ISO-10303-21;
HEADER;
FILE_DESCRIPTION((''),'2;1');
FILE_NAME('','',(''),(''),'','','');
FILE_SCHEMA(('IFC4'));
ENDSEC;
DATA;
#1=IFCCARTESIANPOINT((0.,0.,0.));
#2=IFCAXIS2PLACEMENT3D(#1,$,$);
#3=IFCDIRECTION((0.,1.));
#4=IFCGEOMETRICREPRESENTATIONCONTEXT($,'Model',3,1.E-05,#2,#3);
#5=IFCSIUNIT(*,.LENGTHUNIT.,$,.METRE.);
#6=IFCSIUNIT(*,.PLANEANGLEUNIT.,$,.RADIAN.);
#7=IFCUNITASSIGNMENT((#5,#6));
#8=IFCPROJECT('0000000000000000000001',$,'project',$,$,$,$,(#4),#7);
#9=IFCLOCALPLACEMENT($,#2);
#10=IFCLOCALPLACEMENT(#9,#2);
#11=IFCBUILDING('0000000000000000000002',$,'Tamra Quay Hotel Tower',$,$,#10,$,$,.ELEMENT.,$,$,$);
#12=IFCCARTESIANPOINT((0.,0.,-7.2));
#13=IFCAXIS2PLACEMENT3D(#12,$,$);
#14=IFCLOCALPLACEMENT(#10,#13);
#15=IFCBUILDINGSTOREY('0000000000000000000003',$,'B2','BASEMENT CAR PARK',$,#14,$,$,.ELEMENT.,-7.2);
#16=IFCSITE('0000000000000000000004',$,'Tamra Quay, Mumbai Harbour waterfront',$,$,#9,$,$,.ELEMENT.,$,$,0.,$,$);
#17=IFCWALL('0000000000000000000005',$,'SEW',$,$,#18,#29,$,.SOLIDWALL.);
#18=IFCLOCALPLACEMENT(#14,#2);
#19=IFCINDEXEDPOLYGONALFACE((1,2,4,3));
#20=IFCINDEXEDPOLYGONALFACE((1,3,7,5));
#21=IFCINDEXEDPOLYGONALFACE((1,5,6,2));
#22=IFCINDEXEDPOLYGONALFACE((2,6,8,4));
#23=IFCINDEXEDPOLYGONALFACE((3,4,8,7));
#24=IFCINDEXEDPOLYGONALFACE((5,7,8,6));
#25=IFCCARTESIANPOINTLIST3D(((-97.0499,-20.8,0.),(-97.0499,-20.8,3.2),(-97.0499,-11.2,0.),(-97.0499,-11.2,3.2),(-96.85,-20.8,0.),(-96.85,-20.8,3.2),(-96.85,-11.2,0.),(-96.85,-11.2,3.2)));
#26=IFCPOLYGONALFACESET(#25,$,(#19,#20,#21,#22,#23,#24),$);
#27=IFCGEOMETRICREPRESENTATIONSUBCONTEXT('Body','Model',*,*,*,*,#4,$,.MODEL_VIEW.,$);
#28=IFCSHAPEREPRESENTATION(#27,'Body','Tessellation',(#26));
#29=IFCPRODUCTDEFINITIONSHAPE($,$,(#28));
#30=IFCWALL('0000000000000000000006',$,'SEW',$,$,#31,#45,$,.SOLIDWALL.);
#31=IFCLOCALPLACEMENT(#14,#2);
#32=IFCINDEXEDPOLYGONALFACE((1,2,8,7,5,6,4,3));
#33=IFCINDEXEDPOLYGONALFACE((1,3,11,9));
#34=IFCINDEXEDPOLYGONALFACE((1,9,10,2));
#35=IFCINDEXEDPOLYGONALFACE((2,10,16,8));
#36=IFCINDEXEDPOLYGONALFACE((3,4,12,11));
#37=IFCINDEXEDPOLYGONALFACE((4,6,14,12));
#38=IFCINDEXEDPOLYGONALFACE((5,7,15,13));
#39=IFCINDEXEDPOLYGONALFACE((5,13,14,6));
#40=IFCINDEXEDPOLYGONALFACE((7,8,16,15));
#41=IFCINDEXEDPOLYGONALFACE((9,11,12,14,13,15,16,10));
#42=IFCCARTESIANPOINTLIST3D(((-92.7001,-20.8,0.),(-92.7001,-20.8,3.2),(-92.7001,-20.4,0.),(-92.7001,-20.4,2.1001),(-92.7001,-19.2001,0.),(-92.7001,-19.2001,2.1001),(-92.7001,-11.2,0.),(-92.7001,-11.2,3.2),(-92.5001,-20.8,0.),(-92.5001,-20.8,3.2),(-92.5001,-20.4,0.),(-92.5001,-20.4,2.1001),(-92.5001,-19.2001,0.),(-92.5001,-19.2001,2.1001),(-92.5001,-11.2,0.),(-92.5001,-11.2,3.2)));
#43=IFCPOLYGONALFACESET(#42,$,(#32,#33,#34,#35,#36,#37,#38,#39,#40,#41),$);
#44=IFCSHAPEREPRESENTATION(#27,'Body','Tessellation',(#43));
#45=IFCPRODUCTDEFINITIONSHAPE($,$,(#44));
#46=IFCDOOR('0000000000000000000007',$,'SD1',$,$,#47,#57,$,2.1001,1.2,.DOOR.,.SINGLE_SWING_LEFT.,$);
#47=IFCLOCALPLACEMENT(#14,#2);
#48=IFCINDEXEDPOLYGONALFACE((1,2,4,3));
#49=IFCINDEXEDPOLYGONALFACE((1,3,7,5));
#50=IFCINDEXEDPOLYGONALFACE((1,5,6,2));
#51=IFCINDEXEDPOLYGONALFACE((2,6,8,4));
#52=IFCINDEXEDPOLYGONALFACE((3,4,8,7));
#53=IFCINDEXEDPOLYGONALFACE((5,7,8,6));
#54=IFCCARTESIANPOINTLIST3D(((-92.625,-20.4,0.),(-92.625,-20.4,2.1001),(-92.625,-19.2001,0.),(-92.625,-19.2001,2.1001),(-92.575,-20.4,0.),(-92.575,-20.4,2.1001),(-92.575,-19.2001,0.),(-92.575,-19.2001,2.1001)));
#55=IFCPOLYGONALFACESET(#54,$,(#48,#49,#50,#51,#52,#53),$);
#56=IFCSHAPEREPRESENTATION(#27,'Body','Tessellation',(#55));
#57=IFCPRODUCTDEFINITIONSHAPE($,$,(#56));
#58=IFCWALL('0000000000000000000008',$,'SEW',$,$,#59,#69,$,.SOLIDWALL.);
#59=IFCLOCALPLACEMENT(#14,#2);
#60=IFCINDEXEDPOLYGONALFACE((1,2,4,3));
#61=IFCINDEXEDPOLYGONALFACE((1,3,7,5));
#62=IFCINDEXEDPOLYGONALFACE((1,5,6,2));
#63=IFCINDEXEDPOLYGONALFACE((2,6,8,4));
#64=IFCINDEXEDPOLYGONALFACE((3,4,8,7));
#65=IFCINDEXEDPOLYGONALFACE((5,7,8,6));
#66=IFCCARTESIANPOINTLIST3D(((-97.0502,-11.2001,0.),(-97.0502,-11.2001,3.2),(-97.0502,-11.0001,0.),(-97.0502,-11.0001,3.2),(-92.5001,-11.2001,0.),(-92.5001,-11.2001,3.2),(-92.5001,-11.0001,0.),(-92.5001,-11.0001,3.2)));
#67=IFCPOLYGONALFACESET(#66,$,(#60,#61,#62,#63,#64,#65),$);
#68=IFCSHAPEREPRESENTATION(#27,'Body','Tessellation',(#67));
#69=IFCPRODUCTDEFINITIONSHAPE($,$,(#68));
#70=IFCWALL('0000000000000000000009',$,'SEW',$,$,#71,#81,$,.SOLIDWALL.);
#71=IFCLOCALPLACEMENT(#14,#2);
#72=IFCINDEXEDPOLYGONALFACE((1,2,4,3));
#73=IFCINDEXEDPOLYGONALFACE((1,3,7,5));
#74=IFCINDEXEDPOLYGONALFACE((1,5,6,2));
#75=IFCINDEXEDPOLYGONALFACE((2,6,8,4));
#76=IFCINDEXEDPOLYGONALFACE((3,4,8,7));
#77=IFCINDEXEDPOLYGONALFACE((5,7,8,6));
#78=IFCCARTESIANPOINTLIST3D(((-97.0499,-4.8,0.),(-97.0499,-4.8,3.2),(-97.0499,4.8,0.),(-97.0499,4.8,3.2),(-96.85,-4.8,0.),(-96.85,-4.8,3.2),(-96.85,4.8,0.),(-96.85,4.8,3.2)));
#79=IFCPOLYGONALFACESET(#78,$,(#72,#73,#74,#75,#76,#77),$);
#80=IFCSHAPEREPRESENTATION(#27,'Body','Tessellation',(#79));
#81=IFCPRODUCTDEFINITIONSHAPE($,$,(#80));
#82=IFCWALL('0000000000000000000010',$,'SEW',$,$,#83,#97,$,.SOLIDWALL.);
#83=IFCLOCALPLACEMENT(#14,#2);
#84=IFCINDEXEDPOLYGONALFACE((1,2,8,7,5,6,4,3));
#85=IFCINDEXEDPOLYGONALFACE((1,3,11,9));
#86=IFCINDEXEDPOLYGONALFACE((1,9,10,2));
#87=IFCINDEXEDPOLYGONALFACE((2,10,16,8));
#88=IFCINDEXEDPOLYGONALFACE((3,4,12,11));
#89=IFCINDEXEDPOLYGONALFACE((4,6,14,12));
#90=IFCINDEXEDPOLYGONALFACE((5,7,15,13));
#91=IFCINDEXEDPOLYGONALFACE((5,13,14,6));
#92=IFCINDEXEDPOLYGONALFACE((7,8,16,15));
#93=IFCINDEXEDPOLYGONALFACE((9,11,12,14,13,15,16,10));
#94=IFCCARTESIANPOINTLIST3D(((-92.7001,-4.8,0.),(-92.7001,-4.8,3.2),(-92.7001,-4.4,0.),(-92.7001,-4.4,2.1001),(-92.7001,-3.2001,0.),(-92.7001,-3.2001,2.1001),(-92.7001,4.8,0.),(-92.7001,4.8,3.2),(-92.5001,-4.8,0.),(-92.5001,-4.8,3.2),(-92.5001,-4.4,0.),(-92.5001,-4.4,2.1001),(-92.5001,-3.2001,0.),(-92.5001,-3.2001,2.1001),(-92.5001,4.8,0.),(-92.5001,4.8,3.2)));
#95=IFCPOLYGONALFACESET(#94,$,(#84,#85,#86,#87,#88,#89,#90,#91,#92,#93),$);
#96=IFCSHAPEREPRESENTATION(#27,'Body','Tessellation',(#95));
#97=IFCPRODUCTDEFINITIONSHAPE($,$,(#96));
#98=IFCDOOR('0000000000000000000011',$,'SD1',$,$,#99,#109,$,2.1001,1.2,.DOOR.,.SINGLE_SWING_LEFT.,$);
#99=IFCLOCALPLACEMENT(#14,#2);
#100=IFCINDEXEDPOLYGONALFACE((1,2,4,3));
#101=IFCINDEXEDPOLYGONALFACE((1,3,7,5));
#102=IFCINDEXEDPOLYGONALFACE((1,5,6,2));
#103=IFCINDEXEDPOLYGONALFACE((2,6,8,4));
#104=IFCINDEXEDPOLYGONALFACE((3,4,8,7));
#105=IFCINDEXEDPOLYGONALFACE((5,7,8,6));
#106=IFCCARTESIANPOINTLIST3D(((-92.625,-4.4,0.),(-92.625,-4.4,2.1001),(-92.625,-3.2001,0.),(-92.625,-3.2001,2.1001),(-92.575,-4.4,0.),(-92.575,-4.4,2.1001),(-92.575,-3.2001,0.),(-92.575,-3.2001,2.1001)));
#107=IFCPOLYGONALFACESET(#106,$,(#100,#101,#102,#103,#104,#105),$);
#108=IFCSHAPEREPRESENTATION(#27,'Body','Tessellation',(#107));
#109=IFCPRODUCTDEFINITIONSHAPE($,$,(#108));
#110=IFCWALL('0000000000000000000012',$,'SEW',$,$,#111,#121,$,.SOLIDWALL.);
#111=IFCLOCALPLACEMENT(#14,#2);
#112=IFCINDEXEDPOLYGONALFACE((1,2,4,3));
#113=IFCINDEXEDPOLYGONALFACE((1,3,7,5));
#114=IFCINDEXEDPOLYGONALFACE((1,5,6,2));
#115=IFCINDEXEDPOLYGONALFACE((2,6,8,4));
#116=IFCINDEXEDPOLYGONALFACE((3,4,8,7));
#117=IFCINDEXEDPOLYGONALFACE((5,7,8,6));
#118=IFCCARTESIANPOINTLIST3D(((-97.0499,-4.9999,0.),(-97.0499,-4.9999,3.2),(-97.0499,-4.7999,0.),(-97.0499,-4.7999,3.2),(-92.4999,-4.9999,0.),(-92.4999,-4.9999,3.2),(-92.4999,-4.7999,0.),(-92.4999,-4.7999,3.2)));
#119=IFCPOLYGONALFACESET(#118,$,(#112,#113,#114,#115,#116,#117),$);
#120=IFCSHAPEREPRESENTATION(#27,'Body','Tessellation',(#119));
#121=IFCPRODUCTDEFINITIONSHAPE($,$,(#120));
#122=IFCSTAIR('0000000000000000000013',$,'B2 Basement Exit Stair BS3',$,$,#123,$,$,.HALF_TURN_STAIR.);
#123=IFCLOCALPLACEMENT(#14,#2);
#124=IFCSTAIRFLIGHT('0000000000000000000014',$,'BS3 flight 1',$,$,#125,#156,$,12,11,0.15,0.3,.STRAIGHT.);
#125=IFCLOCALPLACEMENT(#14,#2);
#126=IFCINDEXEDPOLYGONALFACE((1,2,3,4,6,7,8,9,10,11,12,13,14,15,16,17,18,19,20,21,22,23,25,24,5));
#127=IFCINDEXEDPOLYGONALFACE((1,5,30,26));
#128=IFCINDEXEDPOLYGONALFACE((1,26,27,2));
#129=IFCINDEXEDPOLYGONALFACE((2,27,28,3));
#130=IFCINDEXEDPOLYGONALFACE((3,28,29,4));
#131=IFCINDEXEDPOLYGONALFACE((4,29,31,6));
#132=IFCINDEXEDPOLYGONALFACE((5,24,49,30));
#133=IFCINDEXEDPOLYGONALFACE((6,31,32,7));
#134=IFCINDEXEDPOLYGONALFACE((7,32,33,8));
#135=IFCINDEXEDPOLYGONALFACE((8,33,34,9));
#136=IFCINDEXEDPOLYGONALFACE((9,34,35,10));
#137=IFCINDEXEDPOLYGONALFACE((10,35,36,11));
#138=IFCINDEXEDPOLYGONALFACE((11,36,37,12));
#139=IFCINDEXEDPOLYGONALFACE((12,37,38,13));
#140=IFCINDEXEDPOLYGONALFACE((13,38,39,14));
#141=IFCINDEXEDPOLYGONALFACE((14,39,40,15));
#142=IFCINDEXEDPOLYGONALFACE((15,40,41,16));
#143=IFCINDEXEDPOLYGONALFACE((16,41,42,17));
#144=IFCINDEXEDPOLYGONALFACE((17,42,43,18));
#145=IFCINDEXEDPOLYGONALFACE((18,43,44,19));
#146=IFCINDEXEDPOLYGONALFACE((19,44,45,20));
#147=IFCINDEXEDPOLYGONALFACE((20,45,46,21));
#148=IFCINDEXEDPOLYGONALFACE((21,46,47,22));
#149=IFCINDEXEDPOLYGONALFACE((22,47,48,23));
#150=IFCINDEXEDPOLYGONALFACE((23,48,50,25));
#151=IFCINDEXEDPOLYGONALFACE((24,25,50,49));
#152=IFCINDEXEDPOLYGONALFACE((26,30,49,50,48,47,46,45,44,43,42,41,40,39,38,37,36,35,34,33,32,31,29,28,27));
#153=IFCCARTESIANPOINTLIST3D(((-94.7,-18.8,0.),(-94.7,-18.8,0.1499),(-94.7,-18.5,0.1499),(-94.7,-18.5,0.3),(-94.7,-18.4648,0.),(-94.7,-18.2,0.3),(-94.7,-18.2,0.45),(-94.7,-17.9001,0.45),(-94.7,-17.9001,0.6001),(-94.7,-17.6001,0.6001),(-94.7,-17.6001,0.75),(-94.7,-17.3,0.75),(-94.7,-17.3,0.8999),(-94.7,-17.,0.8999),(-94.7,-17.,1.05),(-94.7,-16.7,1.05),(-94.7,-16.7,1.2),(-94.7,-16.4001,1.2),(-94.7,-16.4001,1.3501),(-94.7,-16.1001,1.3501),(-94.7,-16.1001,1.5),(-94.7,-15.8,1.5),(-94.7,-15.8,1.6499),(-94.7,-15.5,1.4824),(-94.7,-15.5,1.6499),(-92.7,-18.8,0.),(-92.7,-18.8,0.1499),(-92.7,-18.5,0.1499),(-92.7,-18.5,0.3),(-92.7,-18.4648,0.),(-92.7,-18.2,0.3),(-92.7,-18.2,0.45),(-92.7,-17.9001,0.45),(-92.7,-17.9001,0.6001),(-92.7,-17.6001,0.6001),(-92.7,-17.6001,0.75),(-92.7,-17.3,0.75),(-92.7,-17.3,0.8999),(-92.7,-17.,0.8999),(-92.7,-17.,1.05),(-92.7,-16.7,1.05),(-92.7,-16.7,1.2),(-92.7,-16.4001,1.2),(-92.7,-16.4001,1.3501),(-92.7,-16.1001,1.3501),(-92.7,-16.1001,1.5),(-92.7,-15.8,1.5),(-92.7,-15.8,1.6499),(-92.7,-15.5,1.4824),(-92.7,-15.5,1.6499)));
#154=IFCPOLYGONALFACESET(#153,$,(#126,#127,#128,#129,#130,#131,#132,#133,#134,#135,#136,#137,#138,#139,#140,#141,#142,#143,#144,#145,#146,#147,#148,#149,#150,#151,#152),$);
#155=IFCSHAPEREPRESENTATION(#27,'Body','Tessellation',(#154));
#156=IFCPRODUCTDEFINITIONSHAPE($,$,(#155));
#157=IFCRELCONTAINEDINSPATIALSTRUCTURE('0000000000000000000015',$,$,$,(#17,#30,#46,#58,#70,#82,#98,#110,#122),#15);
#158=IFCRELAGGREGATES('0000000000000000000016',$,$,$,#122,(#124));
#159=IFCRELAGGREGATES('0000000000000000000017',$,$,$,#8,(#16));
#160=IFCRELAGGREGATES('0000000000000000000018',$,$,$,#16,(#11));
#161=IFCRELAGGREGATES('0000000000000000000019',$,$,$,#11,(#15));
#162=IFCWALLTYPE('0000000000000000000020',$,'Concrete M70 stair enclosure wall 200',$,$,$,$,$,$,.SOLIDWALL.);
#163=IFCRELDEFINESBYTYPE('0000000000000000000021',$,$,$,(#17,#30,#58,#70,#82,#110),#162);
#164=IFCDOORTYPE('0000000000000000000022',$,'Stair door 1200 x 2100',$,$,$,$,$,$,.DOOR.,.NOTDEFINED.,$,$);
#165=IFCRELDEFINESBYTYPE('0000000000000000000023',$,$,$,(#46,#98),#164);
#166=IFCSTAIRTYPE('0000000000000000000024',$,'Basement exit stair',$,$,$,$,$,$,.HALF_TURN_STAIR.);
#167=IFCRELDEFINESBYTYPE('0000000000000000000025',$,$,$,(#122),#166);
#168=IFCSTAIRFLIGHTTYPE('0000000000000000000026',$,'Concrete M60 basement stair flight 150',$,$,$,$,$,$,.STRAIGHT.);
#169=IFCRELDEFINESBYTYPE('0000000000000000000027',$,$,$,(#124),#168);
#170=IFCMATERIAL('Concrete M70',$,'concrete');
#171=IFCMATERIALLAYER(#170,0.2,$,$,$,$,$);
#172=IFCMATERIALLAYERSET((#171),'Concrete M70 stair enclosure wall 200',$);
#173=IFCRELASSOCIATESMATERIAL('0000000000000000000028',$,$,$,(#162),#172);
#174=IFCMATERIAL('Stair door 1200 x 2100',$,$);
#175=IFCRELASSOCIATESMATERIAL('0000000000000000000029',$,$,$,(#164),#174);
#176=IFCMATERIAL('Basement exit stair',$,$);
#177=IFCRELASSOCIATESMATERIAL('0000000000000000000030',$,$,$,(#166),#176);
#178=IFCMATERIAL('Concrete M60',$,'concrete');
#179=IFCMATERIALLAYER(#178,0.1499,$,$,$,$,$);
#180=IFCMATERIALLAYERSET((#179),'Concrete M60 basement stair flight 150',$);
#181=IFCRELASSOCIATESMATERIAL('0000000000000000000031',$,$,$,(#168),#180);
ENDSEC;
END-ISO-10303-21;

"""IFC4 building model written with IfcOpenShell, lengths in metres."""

from ifc_helpers import new_model, si_unit, direction, frame, frame_2d, origin, place, context, subcontext, project, spatial, polyline, rectangle, outline, extrude, material, layer, layer_set, type_object, element, fill, aggregate, save


model = new_model("IFC4")

# Units and contexts
model_context = context("Model", 3, precision=1e-05, world=origin(), true_north=direction((0.0, 1.0)))
body_context = subcontext(model_context, "Body", "Model", "MODEL_VIEW")
ifc_project = project(units=[si_unit("LENGTHUNIT", "METRE"), si_unit("PLANEANGLEUNIT", "RADIAN")], contexts=[model_context])

# Site, building, storey
site_placement = place(None, origin())
site = spatial("IfcSite", under=ifc_project, at=site_placement, Name="Tamra Quay, Mumbai Harbour waterfront", CompositionType="ELEMENT", RefElevation=0.0)
building_placement = place(site_placement, origin())
building = spatial("IfcBuilding", under=site, at=building_placement, Name="Tamra Quay Hotel Tower", CompositionType="ELEMENT")
storey_placement = place(building_placement, frame((0.0, 0.0, -7.2)))
storey = spatial("IfcBuildingStorey", under=building, at=storey_placement, Name="B2", Description="BASEMENT CAR PARK", CompositionType="ELEMENT", Elevation=-7.2)

# Shared definitions
ifc_material_1 = material(Name="Concrete M70", Category="concrete")

# Wall
ifc_layer_1 = layer(ifc_material_1, 0.2)
ifc_layer_set_1 = layer_set([ifc_layer_1], Name="Concrete M70 stair enclosure wall 200")
wall_type_1 = type_object("IfcWallType", Name="Concrete M70 stair enclosure wall 200", PredefinedType="SOLIDWALL", material=ifc_layer_set_1)
wall_1_placement = place(storey_placement, frame((-96.95, -20.8, 0.0), z_axis=(0.0, 0.0, 1.0), x_axis=(0.0, 1.0, 0.0)))
element("IfcWall", 1, at=wall_1_placement, inside=storey, type_object=wall_type_1, Name="SEW", PredefinedType="SOLIDWALL", context=body_context, shape_type="SweptSolid", body=[
    extrude(rectangle(XDim=9.6001, YDim=0.2, at=frame_2d((4.8, 0.0))), origin(), (0.0, 0.0, 1.0), 3.2),
])

# Wall, opening, door
wall_2_placement = place(storey_placement, frame((-92.6001, -20.8, 0.0), z_axis=(0.0, 0.0, 1.0), x_axis=(0.0, 1.0, 0.0)))
wall_2 = element("IfcWall", 2, at=wall_2_placement, inside=storey, type_object=wall_type_1, Name="SEW", PredefinedType="SOLIDWALL", context=body_context, shape_type="SweptSolid", body=[
    extrude(rectangle(XDim=9.6001, YDim=0.2, at=frame_2d((4.8, 0.0))), origin(), (0.0, 0.0, 1.0), 3.2),
])
opening_1_placement = place(wall_2_placement, frame((0.3999, 0.0, 0.0)))
opening_1 = element("IfcOpeningElement", 3, at=opening_1_placement, cuts=wall_2, PredefinedType="OPENING", context=body_context, shape_type="SweptSolid", body=[
    extrude(rectangle(XDim=1.2, YDim=2.1001, at=frame_2d((0.6001, 1.05))), frame((0.0, 0.1099, 0.0), z_axis=(0.0, -1.0, 0.0), x_axis=(1.0, 0.0, 0.0)), (0.0, 0.0, 1.0), 0.22),
])
ifc_material_2 = material(Name="Stair door 1200 x 2100")
door_type_1 = type_object("IfcDoorType", Name="Stair door 1200 x 2100", OperationType="NOTDEFINED", PredefinedType="DOOR", material=ifc_material_2)
door_1_placement = place(opening_1_placement, origin())
door_1 = element("IfcDoor", 4, at=door_1_placement, inside=storey, type_object=door_type_1, Name="SD1", OperationType="SINGLE_SWING_LEFT", OverallHeight=2.1001, OverallWidth=1.2, PredefinedType="DOOR", context=body_context, shape_type="SweptSolid", body=[
    extrude(rectangle(XDim=1.2, YDim=2.1001, at=frame_2d((0.6001, 1.05))), frame((0.0, 0.0249, 0.0), z_axis=(0.0, -1.0, 0.0), x_axis=(1.0, 0.0, 0.0)), (0.0, 0.0, 1.0), 0.05),
])
fill(opening_1, door_1)

# Walls
wall_3_placement = place(storey_placement, frame((-97.05, -11.1001, 0.0), z_axis=(0.0, 0.0, 1.0), x_axis=(1.0, 0.0, 0.0)))
element("IfcWall", 5, at=wall_3_placement, inside=storey, type_object=wall_type_1, Name="SEW", PredefinedType="SOLIDWALL", context=body_context, shape_type="SweptSolid", body=[
    extrude(rectangle(XDim=4.55, YDim=0.2, at=frame_2d((2.2749, 0.0))), origin(), (0.0, 0.0, 1.0), 3.2),
])
wall_4_placement = place(storey_placement, frame((-96.95, -4.8, 0.0), z_axis=(0.0, 0.0, 1.0), x_axis=(0.0, 1.0, 0.0)))
element("IfcWall", 6, at=wall_4_placement, inside=storey, type_object=wall_type_1, Name="SEW", PredefinedType="SOLIDWALL", context=body_context, shape_type="SweptSolid", body=[
    extrude(rectangle(XDim=9.6001, YDim=0.2, at=frame_2d((4.8, 0.0))), origin(), (0.0, 0.0, 1.0), 3.2),
])

# Wall, opening, door
wall_5_placement = place(storey_placement, frame((-92.6001, -4.8, 0.0), z_axis=(0.0, 0.0, 1.0), x_axis=(0.0, 1.0, 0.0)))
wall_5 = element("IfcWall", 7, at=wall_5_placement, inside=storey, type_object=wall_type_1, Name="SEW", PredefinedType="SOLIDWALL", context=body_context, shape_type="SweptSolid", body=[
    extrude(rectangle(XDim=9.6001, YDim=0.2, at=frame_2d((4.8, 0.0))), origin(), (0.0, 0.0, 1.0), 3.2),
])
opening_2_placement = place(wall_5_placement, frame((0.3999, 0.0, 0.0)))
opening_2 = element("IfcOpeningElement", 8, at=opening_2_placement, cuts=wall_5, PredefinedType="OPENING", context=body_context, shape_type="SweptSolid", body=[
    extrude(rectangle(XDim=1.2, YDim=2.1001, at=frame_2d((0.6001, 1.05))), frame((0.0, 0.1099, 0.0), z_axis=(0.0, -1.0, 0.0), x_axis=(1.0, 0.0, 0.0)), (0.0, 0.0, 1.0), 0.22),
])
door_2_placement = place(opening_2_placement, origin())
door_2 = element("IfcDoor", 9, at=door_2_placement, inside=storey, type_object=door_type_1, Name="SD1", OperationType="SINGLE_SWING_LEFT", OverallHeight=2.1001, OverallWidth=1.2, PredefinedType="DOOR", context=body_context, shape_type="SweptSolid", body=[
    extrude(rectangle(XDim=1.2, YDim=2.1001, at=frame_2d((0.6001, 1.05))), frame((0.0, 0.0249, 0.0), z_axis=(0.0, -1.0, 0.0), x_axis=(1.0, 0.0, 0.0)), (0.0, 0.0, 1.0), 0.05),
])
fill(opening_2, door_2)

# Wall
wall_6_placement = place(storey_placement, frame((-92.5, -4.8999, 0.0), z_axis=(0.0, 0.0, 1.0), x_axis=(-1.0, 0.0, 0.0)))
element("IfcWall", 10, at=wall_6_placement, inside=storey, type_object=wall_type_1, Name="SEW", PredefinedType="SOLIDWALL", context=body_context, shape_type="SweptSolid", body=[
    extrude(rectangle(XDim=4.55, YDim=0.2, at=frame_2d((2.2749, 0.0))), origin(), (0.0, 0.0, 1.0), 3.2),
])

# Stair, stair flight
ifc_material_3 = material(Name="Basement exit stair")
stair_type = type_object("IfcStairType", Name="Basement exit stair", PredefinedType="HALF_TURN_STAIR", material=ifc_material_3)
stair_placement = place(storey_placement, origin())
stair = element("IfcStair", 11, at=stair_placement, inside=storey, type_object=stair_type, Name="B2 Basement Exit Stair BS3", PredefinedType="HALF_TURN_STAIR")
ifc_material_4 = material(Name="Concrete M60", Category="concrete")
ifc_layer_2 = layer(ifc_material_4, 0.1499)
ifc_layer_set_2 = layer_set([ifc_layer_2], Name="Concrete M60 basement stair flight 150")
stair_flight_type = type_object("IfcStairFlightType", Name="Concrete M60 basement stair flight 150", PredefinedType="STRAIGHT", material=ifc_layer_set_2)
stair_flight_1_placement = place(storey_placement, frame((-93.7, -18.8, 0.0), z_axis=(0.0, 0.0, 1.0), x_axis=(0.0, 1.0, 0.0)))
stair_flight_1 = element("IfcStairFlight", 12, at=stair_flight_1_placement, type_object=stair_flight_type, Name="BS3 flight 1", NumberOfRisers=12, NumberOfTreads=11, PredefinedType="STRAIGHT", RiserHeight=0.15, TreadLength=0.3, context=body_context, shape_type="SweptSolid", body=[
    extrude(outline(polyline([(0.0, 0.0), (0.0, 0.1499), (0.3, 0.1499), (0.3, 0.3), (0.6001, 0.3), (0.6001, 0.45), (0.8999, 0.45), (0.8999, 0.6001), (1.2, 0.6001), (1.2, 0.75), (1.5, 0.75), (1.5, 0.8999), (1.8, 0.8999), (1.8, 1.05), (2.1001, 1.05), (2.1001, 1.2), (2.3999, 1.2), (2.3999, 1.3501), (2.7, 1.3501), (2.7, 1.5), (3.0, 1.5), (3.0, 1.6499), (3.3, 1.6499), (3.3, 1.8), (3.3, 1.4824), (0.3352, 0.0), (0.0, 0.0)])), frame((0.0, 1.0, 0.0), z_axis=(0.0, -1.0, 0.0), x_axis=(1.0, 0.0, 0.0)), (0.0, 0.0, 1.0), 2.0),
])
aggregate(stair, [stair_flight_1])

save(model, "model.ifc")
